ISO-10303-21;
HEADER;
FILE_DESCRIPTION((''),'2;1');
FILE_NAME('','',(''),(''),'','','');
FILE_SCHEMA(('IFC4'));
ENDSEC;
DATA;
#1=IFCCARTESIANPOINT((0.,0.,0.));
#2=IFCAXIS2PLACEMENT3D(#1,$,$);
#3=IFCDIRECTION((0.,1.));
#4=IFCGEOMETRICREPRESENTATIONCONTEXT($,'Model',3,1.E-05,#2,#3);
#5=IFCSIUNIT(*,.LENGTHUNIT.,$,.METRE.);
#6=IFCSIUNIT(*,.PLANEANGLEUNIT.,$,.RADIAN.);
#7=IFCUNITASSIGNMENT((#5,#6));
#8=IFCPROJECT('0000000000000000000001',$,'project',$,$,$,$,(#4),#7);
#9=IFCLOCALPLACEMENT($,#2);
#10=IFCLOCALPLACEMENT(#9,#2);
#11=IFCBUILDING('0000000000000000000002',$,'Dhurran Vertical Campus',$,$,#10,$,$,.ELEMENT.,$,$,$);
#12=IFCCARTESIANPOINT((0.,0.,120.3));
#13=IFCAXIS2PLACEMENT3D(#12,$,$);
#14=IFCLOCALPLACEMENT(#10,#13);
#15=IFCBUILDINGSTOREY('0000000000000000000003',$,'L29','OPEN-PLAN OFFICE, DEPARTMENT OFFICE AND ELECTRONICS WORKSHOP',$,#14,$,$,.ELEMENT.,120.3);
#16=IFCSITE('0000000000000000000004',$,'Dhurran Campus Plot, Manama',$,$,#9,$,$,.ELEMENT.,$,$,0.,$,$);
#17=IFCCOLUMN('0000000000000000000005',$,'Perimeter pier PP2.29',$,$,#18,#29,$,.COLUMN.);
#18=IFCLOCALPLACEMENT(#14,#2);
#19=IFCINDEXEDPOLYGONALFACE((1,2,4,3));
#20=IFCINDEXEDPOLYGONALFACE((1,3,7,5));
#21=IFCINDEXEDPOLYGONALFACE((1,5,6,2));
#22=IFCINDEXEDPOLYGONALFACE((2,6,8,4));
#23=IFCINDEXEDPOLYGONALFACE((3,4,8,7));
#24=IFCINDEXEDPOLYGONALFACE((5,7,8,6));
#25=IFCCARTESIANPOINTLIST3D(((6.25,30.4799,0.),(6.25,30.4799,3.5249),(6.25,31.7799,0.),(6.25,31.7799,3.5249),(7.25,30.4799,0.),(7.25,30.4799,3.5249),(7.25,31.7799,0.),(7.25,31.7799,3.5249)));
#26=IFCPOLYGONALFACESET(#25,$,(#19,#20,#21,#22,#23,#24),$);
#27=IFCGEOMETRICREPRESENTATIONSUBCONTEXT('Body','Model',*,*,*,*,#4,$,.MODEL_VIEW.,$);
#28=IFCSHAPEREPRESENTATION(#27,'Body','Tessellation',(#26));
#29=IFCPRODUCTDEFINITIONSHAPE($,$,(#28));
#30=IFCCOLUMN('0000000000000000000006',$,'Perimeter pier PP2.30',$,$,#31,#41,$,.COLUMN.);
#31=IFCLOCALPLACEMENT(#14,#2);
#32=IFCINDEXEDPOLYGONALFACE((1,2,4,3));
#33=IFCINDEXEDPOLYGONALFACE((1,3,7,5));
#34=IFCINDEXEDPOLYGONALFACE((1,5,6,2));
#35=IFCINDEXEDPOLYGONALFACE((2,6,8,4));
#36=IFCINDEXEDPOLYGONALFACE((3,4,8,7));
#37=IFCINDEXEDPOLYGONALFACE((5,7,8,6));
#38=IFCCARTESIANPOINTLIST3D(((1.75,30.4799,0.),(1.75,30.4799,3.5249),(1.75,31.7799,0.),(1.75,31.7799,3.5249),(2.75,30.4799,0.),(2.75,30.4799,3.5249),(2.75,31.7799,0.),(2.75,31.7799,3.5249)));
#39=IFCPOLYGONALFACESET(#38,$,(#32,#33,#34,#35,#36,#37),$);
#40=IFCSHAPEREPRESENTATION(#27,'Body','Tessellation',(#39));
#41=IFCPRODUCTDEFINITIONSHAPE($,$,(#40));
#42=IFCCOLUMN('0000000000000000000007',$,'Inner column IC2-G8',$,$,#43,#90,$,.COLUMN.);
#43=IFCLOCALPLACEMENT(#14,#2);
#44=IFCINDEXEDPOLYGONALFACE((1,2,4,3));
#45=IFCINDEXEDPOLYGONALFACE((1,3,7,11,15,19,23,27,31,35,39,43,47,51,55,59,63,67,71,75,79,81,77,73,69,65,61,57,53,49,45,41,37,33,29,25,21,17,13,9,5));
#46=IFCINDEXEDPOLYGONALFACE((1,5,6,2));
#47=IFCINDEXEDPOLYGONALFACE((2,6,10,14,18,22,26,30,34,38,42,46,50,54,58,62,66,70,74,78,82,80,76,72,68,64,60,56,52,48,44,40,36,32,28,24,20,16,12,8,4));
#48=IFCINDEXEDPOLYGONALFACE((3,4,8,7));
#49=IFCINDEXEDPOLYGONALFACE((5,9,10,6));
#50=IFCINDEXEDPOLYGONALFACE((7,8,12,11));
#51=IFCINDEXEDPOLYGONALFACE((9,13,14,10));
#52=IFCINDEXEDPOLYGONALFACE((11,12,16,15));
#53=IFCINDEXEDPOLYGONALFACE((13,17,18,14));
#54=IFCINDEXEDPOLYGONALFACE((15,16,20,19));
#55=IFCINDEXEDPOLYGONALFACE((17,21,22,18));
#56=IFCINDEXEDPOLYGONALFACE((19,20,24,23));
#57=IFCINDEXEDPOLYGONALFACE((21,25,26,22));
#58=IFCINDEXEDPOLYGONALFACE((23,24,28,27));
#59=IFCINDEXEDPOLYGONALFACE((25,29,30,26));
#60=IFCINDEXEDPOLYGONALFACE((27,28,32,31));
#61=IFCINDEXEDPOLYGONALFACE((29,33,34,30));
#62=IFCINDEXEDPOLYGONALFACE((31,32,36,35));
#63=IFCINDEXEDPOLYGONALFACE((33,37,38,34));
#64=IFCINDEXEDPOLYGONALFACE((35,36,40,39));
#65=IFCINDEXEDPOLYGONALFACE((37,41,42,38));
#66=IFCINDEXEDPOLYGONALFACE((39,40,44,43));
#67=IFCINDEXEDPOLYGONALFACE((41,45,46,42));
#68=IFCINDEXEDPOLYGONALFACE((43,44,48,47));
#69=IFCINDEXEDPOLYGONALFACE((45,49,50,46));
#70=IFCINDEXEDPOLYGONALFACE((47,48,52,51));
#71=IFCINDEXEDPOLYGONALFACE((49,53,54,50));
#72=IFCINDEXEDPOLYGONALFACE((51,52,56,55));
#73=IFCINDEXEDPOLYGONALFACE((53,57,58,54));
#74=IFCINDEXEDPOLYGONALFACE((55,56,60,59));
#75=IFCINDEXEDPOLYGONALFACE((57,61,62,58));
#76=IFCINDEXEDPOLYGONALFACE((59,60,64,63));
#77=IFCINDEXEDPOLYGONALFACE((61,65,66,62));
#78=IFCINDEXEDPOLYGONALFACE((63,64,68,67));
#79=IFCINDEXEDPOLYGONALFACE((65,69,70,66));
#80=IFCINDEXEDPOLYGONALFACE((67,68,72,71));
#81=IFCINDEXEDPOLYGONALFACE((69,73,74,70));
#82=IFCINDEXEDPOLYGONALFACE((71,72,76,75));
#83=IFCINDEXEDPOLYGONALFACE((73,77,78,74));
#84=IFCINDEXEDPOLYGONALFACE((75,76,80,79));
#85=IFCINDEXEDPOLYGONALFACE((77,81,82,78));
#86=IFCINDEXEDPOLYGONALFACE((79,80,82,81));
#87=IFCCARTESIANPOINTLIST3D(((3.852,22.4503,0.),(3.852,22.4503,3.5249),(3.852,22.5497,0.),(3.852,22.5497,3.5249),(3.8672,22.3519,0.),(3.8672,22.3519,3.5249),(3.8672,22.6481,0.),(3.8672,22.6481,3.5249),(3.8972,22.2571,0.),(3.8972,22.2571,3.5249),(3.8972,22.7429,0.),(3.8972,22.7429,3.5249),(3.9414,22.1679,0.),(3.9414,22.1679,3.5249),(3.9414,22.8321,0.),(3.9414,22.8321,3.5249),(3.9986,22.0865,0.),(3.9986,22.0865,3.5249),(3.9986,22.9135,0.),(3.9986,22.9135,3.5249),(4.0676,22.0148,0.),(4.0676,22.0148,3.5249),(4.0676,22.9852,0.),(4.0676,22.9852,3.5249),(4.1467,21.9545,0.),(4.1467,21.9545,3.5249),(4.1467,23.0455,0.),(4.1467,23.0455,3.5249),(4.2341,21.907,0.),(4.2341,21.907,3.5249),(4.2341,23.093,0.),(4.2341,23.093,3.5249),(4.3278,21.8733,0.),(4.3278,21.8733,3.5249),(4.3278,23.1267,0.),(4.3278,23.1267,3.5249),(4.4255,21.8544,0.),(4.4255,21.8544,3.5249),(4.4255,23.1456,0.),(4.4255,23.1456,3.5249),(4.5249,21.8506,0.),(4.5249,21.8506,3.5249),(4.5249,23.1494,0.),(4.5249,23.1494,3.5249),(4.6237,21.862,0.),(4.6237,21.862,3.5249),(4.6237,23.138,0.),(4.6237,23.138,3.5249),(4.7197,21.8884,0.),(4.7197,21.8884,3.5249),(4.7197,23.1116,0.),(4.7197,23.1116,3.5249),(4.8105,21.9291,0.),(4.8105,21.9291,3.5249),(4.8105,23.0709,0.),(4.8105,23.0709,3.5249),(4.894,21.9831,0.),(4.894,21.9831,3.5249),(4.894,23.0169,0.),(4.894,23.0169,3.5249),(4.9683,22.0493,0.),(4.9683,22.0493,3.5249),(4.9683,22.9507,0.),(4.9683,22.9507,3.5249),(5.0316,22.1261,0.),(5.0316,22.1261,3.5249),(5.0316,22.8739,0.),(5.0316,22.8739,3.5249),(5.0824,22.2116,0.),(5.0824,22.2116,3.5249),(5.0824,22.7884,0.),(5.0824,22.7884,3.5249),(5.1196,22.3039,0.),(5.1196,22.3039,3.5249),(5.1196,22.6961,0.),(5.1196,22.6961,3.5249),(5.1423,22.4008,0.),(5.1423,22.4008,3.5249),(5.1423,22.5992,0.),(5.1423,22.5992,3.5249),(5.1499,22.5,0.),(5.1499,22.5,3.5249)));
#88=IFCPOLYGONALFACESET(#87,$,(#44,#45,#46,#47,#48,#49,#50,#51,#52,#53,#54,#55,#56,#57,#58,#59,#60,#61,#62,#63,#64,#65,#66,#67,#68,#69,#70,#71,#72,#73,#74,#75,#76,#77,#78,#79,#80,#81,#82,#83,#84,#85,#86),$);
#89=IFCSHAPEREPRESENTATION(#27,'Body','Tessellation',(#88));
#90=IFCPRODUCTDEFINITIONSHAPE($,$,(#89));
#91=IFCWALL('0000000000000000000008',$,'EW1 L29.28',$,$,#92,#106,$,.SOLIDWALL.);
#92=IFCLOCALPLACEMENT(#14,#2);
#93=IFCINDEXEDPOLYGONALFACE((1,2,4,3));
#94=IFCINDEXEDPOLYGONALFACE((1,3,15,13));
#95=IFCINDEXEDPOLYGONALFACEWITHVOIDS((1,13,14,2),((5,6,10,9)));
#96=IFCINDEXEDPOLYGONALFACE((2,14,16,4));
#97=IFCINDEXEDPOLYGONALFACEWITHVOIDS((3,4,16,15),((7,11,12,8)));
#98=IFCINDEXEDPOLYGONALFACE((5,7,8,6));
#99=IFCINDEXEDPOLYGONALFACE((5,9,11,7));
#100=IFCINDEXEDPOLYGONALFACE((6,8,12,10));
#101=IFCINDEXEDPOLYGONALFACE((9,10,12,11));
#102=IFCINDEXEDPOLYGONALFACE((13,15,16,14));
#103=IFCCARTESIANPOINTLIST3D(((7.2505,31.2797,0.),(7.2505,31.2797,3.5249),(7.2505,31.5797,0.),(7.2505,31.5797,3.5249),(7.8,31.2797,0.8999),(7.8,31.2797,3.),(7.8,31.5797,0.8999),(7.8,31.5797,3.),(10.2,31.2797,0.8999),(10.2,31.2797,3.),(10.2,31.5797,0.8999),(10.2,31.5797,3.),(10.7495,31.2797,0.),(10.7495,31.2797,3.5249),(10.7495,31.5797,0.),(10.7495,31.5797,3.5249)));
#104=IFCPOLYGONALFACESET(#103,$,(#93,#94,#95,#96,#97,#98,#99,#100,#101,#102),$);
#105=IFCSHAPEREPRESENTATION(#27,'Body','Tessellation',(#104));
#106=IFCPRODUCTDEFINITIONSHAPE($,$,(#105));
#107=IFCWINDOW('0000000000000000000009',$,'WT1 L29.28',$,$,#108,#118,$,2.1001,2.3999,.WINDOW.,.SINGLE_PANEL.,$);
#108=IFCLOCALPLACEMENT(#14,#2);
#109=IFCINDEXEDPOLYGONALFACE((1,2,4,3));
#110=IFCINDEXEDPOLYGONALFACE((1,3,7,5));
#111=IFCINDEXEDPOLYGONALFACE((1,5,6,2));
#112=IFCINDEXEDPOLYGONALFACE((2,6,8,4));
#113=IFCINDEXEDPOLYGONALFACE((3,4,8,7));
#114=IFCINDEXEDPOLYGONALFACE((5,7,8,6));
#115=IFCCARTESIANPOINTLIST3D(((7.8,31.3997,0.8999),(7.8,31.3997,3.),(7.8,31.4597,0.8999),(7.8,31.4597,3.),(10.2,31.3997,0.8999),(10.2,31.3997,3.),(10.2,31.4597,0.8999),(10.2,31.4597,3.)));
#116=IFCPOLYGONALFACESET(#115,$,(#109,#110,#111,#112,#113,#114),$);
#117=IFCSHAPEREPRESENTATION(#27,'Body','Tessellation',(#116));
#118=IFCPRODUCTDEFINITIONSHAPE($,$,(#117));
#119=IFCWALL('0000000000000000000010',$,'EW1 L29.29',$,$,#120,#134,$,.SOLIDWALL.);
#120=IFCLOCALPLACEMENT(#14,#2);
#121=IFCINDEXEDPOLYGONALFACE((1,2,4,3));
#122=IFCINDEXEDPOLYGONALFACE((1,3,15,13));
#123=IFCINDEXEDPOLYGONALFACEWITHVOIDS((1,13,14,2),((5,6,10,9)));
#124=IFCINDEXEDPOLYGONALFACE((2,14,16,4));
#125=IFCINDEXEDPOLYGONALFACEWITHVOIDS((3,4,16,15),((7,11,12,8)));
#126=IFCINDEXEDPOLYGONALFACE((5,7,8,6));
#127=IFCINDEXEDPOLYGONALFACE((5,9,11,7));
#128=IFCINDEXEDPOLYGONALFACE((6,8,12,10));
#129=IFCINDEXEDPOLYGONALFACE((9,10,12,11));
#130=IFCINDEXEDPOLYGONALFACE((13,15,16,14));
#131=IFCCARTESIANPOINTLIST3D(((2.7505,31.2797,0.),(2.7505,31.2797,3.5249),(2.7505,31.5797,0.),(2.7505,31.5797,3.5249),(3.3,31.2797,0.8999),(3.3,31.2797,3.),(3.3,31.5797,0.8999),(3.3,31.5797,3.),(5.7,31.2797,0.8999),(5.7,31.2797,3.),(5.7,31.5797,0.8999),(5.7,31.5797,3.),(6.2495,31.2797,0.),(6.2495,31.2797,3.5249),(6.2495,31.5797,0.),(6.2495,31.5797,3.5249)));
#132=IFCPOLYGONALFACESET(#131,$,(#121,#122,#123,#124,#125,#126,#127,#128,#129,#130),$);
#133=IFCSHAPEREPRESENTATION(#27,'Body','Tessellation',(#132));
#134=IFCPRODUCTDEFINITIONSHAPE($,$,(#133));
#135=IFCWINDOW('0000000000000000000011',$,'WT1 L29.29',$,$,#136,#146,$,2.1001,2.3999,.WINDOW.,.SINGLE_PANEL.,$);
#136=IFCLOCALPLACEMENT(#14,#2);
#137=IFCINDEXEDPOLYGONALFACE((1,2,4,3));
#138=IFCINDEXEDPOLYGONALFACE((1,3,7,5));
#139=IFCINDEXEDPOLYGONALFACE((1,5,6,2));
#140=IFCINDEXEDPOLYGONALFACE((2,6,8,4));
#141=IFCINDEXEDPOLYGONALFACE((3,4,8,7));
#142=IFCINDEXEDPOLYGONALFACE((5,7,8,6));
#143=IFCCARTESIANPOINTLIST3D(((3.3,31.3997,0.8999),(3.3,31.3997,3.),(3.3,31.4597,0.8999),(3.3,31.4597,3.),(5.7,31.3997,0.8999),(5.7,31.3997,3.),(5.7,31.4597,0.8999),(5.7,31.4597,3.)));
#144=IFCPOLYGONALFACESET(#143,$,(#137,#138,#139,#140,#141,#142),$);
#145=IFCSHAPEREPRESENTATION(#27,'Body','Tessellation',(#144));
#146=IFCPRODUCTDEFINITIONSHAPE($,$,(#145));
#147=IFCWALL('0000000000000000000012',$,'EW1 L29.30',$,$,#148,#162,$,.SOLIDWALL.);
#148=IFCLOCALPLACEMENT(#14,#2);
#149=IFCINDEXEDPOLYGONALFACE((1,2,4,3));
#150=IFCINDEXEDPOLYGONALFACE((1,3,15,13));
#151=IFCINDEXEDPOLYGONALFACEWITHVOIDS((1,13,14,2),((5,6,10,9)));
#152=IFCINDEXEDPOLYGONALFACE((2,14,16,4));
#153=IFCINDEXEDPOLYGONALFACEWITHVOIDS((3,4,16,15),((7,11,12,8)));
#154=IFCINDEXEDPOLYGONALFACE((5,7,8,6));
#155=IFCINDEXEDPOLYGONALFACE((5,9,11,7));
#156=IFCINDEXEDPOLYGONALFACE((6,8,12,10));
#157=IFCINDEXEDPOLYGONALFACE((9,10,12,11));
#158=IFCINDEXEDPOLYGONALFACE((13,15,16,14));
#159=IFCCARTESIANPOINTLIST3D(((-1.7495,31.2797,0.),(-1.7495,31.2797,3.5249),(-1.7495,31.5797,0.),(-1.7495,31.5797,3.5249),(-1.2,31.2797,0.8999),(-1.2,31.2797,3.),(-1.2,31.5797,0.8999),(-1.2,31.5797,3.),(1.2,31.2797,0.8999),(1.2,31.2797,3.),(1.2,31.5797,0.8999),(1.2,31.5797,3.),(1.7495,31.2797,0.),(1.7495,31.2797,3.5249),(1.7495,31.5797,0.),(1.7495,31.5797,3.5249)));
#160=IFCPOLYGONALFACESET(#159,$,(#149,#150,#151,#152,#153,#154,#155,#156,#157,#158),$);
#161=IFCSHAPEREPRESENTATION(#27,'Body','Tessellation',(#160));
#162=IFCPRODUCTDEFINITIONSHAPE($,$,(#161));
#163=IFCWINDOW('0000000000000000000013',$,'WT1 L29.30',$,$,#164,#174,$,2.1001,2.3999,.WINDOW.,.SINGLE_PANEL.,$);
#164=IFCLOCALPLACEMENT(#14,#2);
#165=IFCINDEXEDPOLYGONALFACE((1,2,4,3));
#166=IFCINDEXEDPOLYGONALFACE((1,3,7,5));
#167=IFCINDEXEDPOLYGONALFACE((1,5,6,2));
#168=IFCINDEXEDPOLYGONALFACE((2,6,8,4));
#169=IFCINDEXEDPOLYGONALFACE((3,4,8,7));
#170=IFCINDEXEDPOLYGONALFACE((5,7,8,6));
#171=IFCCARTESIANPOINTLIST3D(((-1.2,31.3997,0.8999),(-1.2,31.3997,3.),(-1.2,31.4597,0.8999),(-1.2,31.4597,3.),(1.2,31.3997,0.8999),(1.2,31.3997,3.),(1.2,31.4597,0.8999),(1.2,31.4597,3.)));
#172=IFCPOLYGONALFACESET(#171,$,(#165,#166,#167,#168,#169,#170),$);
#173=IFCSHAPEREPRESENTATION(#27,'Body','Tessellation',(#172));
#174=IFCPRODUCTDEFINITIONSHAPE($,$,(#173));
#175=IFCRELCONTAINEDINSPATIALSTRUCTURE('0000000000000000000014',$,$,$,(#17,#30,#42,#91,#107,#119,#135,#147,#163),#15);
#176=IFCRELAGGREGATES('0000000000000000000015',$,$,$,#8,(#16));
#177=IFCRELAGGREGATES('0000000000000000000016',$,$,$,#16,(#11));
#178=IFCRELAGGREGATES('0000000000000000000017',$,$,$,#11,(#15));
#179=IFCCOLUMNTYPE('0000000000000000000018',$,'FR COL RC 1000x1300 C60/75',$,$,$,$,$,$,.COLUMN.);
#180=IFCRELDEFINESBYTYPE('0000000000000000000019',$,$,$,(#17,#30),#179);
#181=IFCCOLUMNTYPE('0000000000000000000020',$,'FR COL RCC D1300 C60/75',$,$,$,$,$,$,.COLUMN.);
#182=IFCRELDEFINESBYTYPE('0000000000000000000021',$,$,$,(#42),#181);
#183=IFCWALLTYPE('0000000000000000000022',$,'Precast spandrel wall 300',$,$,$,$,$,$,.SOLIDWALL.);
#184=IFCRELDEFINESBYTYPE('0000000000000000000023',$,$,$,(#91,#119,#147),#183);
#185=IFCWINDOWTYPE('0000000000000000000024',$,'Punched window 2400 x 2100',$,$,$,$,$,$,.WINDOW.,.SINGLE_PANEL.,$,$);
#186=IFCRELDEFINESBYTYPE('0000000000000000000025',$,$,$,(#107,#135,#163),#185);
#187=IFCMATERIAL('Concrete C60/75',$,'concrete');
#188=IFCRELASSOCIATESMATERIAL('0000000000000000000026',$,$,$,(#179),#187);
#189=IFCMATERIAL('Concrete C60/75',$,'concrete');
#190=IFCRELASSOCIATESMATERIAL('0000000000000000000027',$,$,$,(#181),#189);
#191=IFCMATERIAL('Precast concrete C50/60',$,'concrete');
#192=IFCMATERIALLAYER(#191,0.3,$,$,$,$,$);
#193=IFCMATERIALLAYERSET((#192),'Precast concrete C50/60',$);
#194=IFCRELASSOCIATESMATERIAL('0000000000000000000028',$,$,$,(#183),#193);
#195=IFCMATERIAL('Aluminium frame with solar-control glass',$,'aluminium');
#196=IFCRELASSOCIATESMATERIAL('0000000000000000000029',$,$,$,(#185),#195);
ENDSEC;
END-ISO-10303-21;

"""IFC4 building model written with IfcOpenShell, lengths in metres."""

from ifc_helpers import new_model, si_unit, direction, frame, frame_2d, origin, origin_2d, place, context, subcontext, project, spatial, rectangle, circle, extrude, material, layer, layer_set, material_profile, profile_set, type_object, element, fill, save


model = new_model("IFC4")

# Units and contexts
model_context = context("Model", 3, precision=1e-05, world=origin(), true_north=direction((0.0, 1.0)))
body_context = subcontext(model_context, "Body", "Model", "MODEL_VIEW")
ifc_project = project(units=[si_unit("LENGTHUNIT", "METRE"), si_unit("PLANEANGLEUNIT", "RADIAN")], contexts=[model_context])

# Site, building, storey
site_placement = place(None, origin())
site = spatial("IfcSite", under=ifc_project, at=site_placement, Name="Dhurran Campus Plot, Manama", CompositionType="ELEMENT", RefElevation=0.0)
building_placement = place(site_placement, origin())
building = spatial("IfcBuilding", under=site, at=building_placement, Name="Dhurran Vertical Campus", CompositionType="ELEMENT")
storey_placement = place(building_placement, frame((0.0, 0.0, 120.3)))
storey = spatial("IfcBuildingStorey", under=building, at=storey_placement, Name="L29", Description="OPEN-PLAN OFFICE, DEPARTMENT OFFICE AND ELECTRONICS WORKSHOP", CompositionType="ELEMENT", Elevation=120.3)

# Columns
ifc_material_1 = material(Name="Concrete C60/75", Category="concrete")
ifc_material_profile_1 = material_profile(ifc_material_1, rectangle(XDim=1.0, YDim=1.3, at=origin_2d()), Name="RC 1000x1300")
ifc_profile_set_1 = profile_set([ifc_material_profile_1], Name="Concrete C60/75")
column_type_1 = type_object("IfcColumnType", Name="FR COL RC 1000x1300 C60/75", PredefinedType="COLUMN", material=ifc_profile_set_1)
for number, where, z_axis, x_axis, name in (
    (1, (6.75, 31.1299, 0.0), (0.0, 0.0, 1.0), (-1.0, 0.0, 0.0), "Perimeter pier PP2.29"),
    (2, (2.25, 31.1299, 0.0), (0.0, 0.0, 1.0), (-1.0, 0.0, 0.0), "Perimeter pier PP2.30"),
):
    element("IfcColumn", number, at=place(storey_placement, frame(where, z_axis=z_axis, x_axis=x_axis)), inside=storey, type_object=column_type_1, Name=name, PredefinedType="COLUMN", context=body_context, shape_type="SweptSolid", body=[
        extrude(rectangle(XDim=1.0, YDim=1.3, at=origin_2d()), origin(), (0.0, 0.0, 1.0), 3.5249),
    ])
ifc_material_2 = material(Name="Concrete C60/75", Category="concrete")
ifc_material_profile_2 = material_profile(ifc_material_2, circle(Radius=0.6499, at=origin_2d()), Name="RCC D1300")
ifc_profile_set_2 = profile_set([ifc_material_profile_2], Name="Concrete C60/75")
column_type_2 = type_object("IfcColumnType", Name="FR COL RCC D1300 C60/75", PredefinedType="COLUMN", material=ifc_profile_set_2)
column_placement = place(storey_placement, frame((4.5, 22.5, 0.0), z_axis=(0.0, 0.0, 1.0), x_axis=(1.0, 0.0, 0.0)))
element("IfcColumn", 3, at=column_placement, inside=storey, type_object=column_type_2, Name="Inner column IC2-G8", PredefinedType="COLUMN", context=body_context, shape_type="SweptSolid", body=[
    extrude(circle(Radius=0.6499, at=origin_2d()), origin(), (0.0, 0.0, 1.0), 3.5249),
])

# Walls, openings, windows
ifc_material_3 = material(Name="Precast concrete C50/60", Category="concrete")
ifc_layer_1 = layer(ifc_material_3, 0.3)
ifc_layer_set_1 = layer_set([ifc_layer_1], Name="Precast concrete C50/60")
wall_type_1 = type_object("IfcWallType", Name="Precast spandrel wall 300", PredefinedType="SOLIDWALL", material=ifc_layer_set_1)
wall_1_placement = place(storey_placement, frame((10.7495, 31.4297, 0.0), z_axis=(0.0, 0.0, 1.0), x_axis=(-1.0, 0.0, 0.0)))
wall_1 = element("IfcWall", 4, at=wall_1_placement, inside=storey, type_object=wall_type_1, Name="EW1 L29.28", PredefinedType="SOLIDWALL", context=body_context, shape_type="SweptSolid", body=[
    extrude(rectangle(XDim=3.499, YDim=0.3, at=frame_2d((1.7495, 0.0))), origin(), (0.0, 0.0, 1.0), 3.5249),
])
opening_1_placement = place(wall_1_placement, frame((0.5496, 0.0, 0.8999)))
opening_1 = element("IfcOpeningElement", 5, at=opening_1_placement, cuts=wall_1, PredefinedType="OPENING", context=body_context, shape_type="SweptSolid", body=[
    extrude(rectangle(XDim=2.3999, YDim=2.1001, at=frame_2d((1.2, 1.05))), frame((0.0, 0.1599, 0.0), z_axis=(0.0, -1.0, 0.0), x_axis=(1.0, 0.0, 0.0)), (0.0, 0.0, 1.0), 0.3201),
])
ifc_material_4 = material(Name="Aluminium frame with solar-control glass", Category="aluminium")
window_type = type_object("IfcWindowType", Name="Punched window 2400 x 2100", PartitioningType="SINGLE_PANEL", PredefinedType="WINDOW", material=ifc_material_4)
window_1_placement = place(opening_1_placement, origin())
window_1 = element("IfcWindow", 6, at=window_1_placement, inside=storey, type_object=window_type, Name="WT1 L29.28", OverallHeight=2.1001, OverallWidth=2.3999, PartitioningType="SINGLE_PANEL", PredefinedType="WINDOW", context=body_context, shape_type="SweptSolid", body=[
    extrude(rectangle(XDim=2.3999, YDim=2.1001, at=frame_2d((1.2, 1.05))), frame((0.0, 0.03, 0.0), z_axis=(0.0, -1.0, 0.0), x_axis=(1.0, 0.0, 0.0)), (0.0, 0.0, 1.0), 0.0601),
])
fill(opening_1, window_1)
wall_2_placement = place(storey_placement, frame((6.2495, 31.4297, 0.0), z_axis=(0.0, 0.0, 1.0), x_axis=(-1.0, 0.0, 0.0)))
wall_2 = element("IfcWall", 7, at=wall_2_placement, inside=storey, type_object=wall_type_1, Name="EW1 L29.29", PredefinedType="SOLIDWALL", context=body_context, shape_type="SweptSolid", body=[
    extrude(rectangle(XDim=3.499, YDim=0.3, at=frame_2d((1.7495, 0.0))), origin(), (0.0, 0.0, 1.0), 3.5249),
])
opening_2_placement = place(wall_2_placement, frame((0.5496, 0.0, 0.8999)))
opening_2 = element("IfcOpeningElement", 8, at=opening_2_placement, cuts=wall_2, PredefinedType="OPENING", context=body_context, shape_type="SweptSolid", body=[
    extrude(rectangle(XDim=2.3999, YDim=2.1001, at=frame_2d((1.2, 1.05))), frame((0.0, 0.1599, 0.0), z_axis=(0.0, -1.0, 0.0), x_axis=(1.0, 0.0, 0.0)), (0.0, 0.0, 1.0), 0.3201),
])
window_2_placement = place(opening_2_placement, origin())
window_2 = element("IfcWindow", 9, at=window_2_placement, inside=storey, type_object=window_type, Name="WT1 L29.29", OverallHeight=2.1001, OverallWidth=2.3999, PartitioningType="SINGLE_PANEL", PredefinedType="WINDOW", context=body_context, shape_type="SweptSolid", body=[
    extrude(rectangle(XDim=2.3999, YDim=2.1001, at=frame_2d((1.2, 1.05))), frame((0.0, 0.03, 0.0), z_axis=(0.0, -1.0, 0.0), x_axis=(1.0, 0.0, 0.0)), (0.0, 0.0, 1.0), 0.0601),
])
fill(opening_2, window_2)
wall_3_placement = place(storey_placement, frame((1.7495, 31.4297, 0.0), z_axis=(0.0, 0.0, 1.0), x_axis=(-1.0, 0.0, 0.0)))
wall_3 = element("IfcWall", 10, at=wall_3_placement, inside=storey, type_object=wall_type_1, Name="EW1 L29.30", PredefinedType="SOLIDWALL", context=body_context, shape_type="SweptSolid", body=[
    extrude(rectangle(XDim=3.499, YDim=0.3, at=frame_2d((1.7495, 0.0))), origin(), (0.0, 0.0, 1.0), 3.5249),
])
opening_3_placement = place(wall_3_placement, frame((0.5496, 0.0, 0.8999)))
opening_3 = element("IfcOpeningElement", 11, at=opening_3_placement, cuts=wall_3, PredefinedType="OPENING", context=body_context, shape_type="SweptSolid", body=[
    extrude(rectangle(XDim=2.3999, YDim=2.1001, at=frame_2d((1.2, 1.05))), frame((0.0, 0.1599, 0.0), z_axis=(0.0, -1.0, 0.0), x_axis=(1.0, 0.0, 0.0)), (0.0, 0.0, 1.0), 0.3201),
])
window_3_placement = place(opening_3_placement, origin())
window_3 = element("IfcWindow", 12, at=window_3_placement, inside=storey, type_object=window_type, Name="WT1 L29.30", OverallHeight=2.1001, OverallWidth=2.3999, PartitioningType="SINGLE_PANEL", PredefinedType="WINDOW", context=body_context, shape_type="SweptSolid", body=[
    extrude(rectangle(XDim=2.3999, YDim=2.1001, at=frame_2d((1.2, 1.05))), frame((0.0, 0.03, 0.0), z_axis=(0.0, -1.0, 0.0), x_axis=(1.0, 0.0, 0.0)), (0.0, 0.0, 1.0), 0.0601),
])
fill(opening_3, window_3)

save(model, "model.ifc")
